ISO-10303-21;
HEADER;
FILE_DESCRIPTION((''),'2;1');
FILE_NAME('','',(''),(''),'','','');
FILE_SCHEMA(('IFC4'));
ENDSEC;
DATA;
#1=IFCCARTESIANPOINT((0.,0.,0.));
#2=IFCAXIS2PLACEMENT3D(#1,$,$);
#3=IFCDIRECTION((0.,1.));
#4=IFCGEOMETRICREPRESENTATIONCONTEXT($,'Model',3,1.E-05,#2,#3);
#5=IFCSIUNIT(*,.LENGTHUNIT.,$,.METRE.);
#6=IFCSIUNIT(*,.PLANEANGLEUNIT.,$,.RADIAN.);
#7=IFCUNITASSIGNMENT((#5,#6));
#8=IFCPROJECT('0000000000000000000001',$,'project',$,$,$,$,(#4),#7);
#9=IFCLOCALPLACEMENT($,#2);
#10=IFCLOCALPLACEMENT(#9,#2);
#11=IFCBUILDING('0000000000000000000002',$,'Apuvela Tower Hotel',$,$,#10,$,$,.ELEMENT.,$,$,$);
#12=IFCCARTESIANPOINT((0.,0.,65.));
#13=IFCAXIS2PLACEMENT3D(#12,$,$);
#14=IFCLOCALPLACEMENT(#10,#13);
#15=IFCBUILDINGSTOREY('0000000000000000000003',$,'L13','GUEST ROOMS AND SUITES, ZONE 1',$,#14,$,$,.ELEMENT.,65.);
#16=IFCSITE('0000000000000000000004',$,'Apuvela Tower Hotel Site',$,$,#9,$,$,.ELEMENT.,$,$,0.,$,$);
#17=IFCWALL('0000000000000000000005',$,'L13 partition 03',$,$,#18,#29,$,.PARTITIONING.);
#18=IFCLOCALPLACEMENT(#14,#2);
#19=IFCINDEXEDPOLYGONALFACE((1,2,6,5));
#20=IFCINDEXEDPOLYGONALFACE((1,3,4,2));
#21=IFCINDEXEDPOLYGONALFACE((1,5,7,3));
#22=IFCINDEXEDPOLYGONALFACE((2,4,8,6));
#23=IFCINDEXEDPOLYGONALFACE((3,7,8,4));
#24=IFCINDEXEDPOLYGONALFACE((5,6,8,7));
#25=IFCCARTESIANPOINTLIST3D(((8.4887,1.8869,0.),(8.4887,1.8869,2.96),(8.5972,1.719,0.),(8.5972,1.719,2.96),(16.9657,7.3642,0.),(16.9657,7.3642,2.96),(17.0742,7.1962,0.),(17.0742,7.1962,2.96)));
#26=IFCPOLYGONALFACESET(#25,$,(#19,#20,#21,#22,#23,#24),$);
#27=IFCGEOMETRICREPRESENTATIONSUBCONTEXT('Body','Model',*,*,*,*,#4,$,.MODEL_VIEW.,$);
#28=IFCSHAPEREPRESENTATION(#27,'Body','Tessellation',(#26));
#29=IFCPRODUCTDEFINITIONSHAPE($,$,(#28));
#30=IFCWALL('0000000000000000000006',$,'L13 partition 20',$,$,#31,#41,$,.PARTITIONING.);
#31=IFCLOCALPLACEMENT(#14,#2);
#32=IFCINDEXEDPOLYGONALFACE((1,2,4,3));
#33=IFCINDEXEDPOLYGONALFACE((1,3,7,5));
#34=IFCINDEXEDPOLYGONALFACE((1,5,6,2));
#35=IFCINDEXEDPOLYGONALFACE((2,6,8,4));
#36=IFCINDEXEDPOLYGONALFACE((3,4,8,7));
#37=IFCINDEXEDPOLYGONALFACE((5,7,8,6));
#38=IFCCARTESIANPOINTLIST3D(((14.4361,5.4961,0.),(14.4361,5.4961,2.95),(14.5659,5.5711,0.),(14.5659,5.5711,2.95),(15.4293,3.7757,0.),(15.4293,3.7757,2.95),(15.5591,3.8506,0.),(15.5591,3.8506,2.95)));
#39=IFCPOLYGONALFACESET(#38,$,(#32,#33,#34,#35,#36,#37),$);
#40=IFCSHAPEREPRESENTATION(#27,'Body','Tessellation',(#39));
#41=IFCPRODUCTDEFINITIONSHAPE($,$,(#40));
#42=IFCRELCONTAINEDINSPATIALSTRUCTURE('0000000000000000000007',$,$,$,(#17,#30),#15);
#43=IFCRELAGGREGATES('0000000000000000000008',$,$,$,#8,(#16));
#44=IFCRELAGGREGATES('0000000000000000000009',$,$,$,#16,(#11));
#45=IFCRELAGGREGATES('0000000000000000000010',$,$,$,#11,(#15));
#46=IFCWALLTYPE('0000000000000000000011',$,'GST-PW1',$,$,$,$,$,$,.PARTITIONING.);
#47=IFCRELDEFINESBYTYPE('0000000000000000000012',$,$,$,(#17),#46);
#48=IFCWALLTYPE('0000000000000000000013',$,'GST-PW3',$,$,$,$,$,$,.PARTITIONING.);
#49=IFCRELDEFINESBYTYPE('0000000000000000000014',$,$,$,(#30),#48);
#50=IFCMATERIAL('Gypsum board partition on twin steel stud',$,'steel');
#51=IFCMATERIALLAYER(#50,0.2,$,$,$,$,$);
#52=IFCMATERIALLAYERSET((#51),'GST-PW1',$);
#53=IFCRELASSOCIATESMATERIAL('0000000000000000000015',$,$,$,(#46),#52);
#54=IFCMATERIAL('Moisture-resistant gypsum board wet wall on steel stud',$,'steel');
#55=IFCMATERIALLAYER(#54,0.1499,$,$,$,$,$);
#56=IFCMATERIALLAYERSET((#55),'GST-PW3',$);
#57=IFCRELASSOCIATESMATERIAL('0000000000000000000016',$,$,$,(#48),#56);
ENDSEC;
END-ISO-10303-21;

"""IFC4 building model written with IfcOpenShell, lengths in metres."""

from ifc_helpers import new_model, si_unit, direction, frame, frame_2d, origin, place, context, subcontext, project, spatial, rectangle, extrude, material, layer, layer_set, type_object, element, save


model = new_model("IFC4")

# Units and contexts
model_context = context("Model", 3, precision=1e-05, world=origin(), true_north=direction((0.0, 1.0)))
body_context = subcontext(model_context, "Body", "Model", "MODEL_VIEW")
ifc_project = project(units=[si_unit("LENGTHUNIT", "METRE"), si_unit("PLANEANGLEUNIT", "RADIAN")], contexts=[model_context])

# Site, building, storey
site_placement = place(None, origin())
site = spatial("IfcSite", under=ifc_project, at=site_placement, Name="Apuvela Tower Hotel Site", CompositionType="ELEMENT", RefElevation=0.0)
building_placement = place(site_placement, origin())
building = spatial("IfcBuilding", under=site, at=building_placement, Name="Apuvela Tower Hotel", CompositionType="ELEMENT")
storey_placement = place(building_placement, frame((0.0, 0.0, 65.0)))
storey = spatial("IfcBuildingStorey", under=building, at=storey_placement, Name="L13", Description="GUEST ROOMS AND SUITES, ZONE 1", CompositionType="ELEMENT", Elevation=65.0)

# Walls
ifc_material_1 = material(Name="Gypsum board partition on twin steel stud", Category="steel")
ifc_layer_1 = layer(ifc_material_1, 0.2)
ifc_layer_set_1 = layer_set([ifc_layer_1], Name="GST-PW1")
wall_type_1 = type_object("IfcWallType", Name="GST-PW1", PredefinedType="PARTITIONING", material=ifc_layer_set_1)
wall_1_placement = place(storey_placement, frame((17.02, 7.2803, 0.0), z_axis=(0.0, 0.0, 1.0), x_axis=(-0.839925, -0.542703, 0.0)))
element("IfcWall", 1, at=wall_1_placement, inside=storey, type_object=wall_type_1, Name="L13 partition 03", PredefinedType="PARTITIONING", context=body_context, shape_type="SweptSolid", body=[
    extrude(rectangle(XDim=10.0925, YDim=0.2, at=frame_2d((5.0464, 0.0))), origin(), (0.0, 0.0, 1.0), 2.96),
])
ifc_material_2 = material(Name="Moisture-resistant gypsum board wet wall on steel stud", Category="steel")
ifc_layer_2 = layer(ifc_material_2, 0.1499)
ifc_layer_set_2 = layer_set([ifc_layer_2], Name="GST-PW3")
wall_type_2 = type_object("IfcWallType", Name="GST-PW3", PredefinedType="PARTITIONING", material=ifc_layer_set_2)
wall_2_placement = place(storey_placement, frame((15.4941, 3.8132, 0.0), z_axis=(0.0, 0.0, 1.0), x_axis=(-0.499946, 0.866057, 0.0)))
element("IfcWall", 2, at=wall_2_placement, inside=storey, type_object=wall_type_2, Name="L13 partition 20", PredefinedType="PARTITIONING", context=body_context, shape_type="SweptSolid", body=[
    extrude(rectangle(XDim=1.9866, YDim=0.1499, at=frame_2d((0.9932, 0.0))), origin(), (0.0, 0.0, 1.0), 2.95),
])

save(model, "model.ifc")
